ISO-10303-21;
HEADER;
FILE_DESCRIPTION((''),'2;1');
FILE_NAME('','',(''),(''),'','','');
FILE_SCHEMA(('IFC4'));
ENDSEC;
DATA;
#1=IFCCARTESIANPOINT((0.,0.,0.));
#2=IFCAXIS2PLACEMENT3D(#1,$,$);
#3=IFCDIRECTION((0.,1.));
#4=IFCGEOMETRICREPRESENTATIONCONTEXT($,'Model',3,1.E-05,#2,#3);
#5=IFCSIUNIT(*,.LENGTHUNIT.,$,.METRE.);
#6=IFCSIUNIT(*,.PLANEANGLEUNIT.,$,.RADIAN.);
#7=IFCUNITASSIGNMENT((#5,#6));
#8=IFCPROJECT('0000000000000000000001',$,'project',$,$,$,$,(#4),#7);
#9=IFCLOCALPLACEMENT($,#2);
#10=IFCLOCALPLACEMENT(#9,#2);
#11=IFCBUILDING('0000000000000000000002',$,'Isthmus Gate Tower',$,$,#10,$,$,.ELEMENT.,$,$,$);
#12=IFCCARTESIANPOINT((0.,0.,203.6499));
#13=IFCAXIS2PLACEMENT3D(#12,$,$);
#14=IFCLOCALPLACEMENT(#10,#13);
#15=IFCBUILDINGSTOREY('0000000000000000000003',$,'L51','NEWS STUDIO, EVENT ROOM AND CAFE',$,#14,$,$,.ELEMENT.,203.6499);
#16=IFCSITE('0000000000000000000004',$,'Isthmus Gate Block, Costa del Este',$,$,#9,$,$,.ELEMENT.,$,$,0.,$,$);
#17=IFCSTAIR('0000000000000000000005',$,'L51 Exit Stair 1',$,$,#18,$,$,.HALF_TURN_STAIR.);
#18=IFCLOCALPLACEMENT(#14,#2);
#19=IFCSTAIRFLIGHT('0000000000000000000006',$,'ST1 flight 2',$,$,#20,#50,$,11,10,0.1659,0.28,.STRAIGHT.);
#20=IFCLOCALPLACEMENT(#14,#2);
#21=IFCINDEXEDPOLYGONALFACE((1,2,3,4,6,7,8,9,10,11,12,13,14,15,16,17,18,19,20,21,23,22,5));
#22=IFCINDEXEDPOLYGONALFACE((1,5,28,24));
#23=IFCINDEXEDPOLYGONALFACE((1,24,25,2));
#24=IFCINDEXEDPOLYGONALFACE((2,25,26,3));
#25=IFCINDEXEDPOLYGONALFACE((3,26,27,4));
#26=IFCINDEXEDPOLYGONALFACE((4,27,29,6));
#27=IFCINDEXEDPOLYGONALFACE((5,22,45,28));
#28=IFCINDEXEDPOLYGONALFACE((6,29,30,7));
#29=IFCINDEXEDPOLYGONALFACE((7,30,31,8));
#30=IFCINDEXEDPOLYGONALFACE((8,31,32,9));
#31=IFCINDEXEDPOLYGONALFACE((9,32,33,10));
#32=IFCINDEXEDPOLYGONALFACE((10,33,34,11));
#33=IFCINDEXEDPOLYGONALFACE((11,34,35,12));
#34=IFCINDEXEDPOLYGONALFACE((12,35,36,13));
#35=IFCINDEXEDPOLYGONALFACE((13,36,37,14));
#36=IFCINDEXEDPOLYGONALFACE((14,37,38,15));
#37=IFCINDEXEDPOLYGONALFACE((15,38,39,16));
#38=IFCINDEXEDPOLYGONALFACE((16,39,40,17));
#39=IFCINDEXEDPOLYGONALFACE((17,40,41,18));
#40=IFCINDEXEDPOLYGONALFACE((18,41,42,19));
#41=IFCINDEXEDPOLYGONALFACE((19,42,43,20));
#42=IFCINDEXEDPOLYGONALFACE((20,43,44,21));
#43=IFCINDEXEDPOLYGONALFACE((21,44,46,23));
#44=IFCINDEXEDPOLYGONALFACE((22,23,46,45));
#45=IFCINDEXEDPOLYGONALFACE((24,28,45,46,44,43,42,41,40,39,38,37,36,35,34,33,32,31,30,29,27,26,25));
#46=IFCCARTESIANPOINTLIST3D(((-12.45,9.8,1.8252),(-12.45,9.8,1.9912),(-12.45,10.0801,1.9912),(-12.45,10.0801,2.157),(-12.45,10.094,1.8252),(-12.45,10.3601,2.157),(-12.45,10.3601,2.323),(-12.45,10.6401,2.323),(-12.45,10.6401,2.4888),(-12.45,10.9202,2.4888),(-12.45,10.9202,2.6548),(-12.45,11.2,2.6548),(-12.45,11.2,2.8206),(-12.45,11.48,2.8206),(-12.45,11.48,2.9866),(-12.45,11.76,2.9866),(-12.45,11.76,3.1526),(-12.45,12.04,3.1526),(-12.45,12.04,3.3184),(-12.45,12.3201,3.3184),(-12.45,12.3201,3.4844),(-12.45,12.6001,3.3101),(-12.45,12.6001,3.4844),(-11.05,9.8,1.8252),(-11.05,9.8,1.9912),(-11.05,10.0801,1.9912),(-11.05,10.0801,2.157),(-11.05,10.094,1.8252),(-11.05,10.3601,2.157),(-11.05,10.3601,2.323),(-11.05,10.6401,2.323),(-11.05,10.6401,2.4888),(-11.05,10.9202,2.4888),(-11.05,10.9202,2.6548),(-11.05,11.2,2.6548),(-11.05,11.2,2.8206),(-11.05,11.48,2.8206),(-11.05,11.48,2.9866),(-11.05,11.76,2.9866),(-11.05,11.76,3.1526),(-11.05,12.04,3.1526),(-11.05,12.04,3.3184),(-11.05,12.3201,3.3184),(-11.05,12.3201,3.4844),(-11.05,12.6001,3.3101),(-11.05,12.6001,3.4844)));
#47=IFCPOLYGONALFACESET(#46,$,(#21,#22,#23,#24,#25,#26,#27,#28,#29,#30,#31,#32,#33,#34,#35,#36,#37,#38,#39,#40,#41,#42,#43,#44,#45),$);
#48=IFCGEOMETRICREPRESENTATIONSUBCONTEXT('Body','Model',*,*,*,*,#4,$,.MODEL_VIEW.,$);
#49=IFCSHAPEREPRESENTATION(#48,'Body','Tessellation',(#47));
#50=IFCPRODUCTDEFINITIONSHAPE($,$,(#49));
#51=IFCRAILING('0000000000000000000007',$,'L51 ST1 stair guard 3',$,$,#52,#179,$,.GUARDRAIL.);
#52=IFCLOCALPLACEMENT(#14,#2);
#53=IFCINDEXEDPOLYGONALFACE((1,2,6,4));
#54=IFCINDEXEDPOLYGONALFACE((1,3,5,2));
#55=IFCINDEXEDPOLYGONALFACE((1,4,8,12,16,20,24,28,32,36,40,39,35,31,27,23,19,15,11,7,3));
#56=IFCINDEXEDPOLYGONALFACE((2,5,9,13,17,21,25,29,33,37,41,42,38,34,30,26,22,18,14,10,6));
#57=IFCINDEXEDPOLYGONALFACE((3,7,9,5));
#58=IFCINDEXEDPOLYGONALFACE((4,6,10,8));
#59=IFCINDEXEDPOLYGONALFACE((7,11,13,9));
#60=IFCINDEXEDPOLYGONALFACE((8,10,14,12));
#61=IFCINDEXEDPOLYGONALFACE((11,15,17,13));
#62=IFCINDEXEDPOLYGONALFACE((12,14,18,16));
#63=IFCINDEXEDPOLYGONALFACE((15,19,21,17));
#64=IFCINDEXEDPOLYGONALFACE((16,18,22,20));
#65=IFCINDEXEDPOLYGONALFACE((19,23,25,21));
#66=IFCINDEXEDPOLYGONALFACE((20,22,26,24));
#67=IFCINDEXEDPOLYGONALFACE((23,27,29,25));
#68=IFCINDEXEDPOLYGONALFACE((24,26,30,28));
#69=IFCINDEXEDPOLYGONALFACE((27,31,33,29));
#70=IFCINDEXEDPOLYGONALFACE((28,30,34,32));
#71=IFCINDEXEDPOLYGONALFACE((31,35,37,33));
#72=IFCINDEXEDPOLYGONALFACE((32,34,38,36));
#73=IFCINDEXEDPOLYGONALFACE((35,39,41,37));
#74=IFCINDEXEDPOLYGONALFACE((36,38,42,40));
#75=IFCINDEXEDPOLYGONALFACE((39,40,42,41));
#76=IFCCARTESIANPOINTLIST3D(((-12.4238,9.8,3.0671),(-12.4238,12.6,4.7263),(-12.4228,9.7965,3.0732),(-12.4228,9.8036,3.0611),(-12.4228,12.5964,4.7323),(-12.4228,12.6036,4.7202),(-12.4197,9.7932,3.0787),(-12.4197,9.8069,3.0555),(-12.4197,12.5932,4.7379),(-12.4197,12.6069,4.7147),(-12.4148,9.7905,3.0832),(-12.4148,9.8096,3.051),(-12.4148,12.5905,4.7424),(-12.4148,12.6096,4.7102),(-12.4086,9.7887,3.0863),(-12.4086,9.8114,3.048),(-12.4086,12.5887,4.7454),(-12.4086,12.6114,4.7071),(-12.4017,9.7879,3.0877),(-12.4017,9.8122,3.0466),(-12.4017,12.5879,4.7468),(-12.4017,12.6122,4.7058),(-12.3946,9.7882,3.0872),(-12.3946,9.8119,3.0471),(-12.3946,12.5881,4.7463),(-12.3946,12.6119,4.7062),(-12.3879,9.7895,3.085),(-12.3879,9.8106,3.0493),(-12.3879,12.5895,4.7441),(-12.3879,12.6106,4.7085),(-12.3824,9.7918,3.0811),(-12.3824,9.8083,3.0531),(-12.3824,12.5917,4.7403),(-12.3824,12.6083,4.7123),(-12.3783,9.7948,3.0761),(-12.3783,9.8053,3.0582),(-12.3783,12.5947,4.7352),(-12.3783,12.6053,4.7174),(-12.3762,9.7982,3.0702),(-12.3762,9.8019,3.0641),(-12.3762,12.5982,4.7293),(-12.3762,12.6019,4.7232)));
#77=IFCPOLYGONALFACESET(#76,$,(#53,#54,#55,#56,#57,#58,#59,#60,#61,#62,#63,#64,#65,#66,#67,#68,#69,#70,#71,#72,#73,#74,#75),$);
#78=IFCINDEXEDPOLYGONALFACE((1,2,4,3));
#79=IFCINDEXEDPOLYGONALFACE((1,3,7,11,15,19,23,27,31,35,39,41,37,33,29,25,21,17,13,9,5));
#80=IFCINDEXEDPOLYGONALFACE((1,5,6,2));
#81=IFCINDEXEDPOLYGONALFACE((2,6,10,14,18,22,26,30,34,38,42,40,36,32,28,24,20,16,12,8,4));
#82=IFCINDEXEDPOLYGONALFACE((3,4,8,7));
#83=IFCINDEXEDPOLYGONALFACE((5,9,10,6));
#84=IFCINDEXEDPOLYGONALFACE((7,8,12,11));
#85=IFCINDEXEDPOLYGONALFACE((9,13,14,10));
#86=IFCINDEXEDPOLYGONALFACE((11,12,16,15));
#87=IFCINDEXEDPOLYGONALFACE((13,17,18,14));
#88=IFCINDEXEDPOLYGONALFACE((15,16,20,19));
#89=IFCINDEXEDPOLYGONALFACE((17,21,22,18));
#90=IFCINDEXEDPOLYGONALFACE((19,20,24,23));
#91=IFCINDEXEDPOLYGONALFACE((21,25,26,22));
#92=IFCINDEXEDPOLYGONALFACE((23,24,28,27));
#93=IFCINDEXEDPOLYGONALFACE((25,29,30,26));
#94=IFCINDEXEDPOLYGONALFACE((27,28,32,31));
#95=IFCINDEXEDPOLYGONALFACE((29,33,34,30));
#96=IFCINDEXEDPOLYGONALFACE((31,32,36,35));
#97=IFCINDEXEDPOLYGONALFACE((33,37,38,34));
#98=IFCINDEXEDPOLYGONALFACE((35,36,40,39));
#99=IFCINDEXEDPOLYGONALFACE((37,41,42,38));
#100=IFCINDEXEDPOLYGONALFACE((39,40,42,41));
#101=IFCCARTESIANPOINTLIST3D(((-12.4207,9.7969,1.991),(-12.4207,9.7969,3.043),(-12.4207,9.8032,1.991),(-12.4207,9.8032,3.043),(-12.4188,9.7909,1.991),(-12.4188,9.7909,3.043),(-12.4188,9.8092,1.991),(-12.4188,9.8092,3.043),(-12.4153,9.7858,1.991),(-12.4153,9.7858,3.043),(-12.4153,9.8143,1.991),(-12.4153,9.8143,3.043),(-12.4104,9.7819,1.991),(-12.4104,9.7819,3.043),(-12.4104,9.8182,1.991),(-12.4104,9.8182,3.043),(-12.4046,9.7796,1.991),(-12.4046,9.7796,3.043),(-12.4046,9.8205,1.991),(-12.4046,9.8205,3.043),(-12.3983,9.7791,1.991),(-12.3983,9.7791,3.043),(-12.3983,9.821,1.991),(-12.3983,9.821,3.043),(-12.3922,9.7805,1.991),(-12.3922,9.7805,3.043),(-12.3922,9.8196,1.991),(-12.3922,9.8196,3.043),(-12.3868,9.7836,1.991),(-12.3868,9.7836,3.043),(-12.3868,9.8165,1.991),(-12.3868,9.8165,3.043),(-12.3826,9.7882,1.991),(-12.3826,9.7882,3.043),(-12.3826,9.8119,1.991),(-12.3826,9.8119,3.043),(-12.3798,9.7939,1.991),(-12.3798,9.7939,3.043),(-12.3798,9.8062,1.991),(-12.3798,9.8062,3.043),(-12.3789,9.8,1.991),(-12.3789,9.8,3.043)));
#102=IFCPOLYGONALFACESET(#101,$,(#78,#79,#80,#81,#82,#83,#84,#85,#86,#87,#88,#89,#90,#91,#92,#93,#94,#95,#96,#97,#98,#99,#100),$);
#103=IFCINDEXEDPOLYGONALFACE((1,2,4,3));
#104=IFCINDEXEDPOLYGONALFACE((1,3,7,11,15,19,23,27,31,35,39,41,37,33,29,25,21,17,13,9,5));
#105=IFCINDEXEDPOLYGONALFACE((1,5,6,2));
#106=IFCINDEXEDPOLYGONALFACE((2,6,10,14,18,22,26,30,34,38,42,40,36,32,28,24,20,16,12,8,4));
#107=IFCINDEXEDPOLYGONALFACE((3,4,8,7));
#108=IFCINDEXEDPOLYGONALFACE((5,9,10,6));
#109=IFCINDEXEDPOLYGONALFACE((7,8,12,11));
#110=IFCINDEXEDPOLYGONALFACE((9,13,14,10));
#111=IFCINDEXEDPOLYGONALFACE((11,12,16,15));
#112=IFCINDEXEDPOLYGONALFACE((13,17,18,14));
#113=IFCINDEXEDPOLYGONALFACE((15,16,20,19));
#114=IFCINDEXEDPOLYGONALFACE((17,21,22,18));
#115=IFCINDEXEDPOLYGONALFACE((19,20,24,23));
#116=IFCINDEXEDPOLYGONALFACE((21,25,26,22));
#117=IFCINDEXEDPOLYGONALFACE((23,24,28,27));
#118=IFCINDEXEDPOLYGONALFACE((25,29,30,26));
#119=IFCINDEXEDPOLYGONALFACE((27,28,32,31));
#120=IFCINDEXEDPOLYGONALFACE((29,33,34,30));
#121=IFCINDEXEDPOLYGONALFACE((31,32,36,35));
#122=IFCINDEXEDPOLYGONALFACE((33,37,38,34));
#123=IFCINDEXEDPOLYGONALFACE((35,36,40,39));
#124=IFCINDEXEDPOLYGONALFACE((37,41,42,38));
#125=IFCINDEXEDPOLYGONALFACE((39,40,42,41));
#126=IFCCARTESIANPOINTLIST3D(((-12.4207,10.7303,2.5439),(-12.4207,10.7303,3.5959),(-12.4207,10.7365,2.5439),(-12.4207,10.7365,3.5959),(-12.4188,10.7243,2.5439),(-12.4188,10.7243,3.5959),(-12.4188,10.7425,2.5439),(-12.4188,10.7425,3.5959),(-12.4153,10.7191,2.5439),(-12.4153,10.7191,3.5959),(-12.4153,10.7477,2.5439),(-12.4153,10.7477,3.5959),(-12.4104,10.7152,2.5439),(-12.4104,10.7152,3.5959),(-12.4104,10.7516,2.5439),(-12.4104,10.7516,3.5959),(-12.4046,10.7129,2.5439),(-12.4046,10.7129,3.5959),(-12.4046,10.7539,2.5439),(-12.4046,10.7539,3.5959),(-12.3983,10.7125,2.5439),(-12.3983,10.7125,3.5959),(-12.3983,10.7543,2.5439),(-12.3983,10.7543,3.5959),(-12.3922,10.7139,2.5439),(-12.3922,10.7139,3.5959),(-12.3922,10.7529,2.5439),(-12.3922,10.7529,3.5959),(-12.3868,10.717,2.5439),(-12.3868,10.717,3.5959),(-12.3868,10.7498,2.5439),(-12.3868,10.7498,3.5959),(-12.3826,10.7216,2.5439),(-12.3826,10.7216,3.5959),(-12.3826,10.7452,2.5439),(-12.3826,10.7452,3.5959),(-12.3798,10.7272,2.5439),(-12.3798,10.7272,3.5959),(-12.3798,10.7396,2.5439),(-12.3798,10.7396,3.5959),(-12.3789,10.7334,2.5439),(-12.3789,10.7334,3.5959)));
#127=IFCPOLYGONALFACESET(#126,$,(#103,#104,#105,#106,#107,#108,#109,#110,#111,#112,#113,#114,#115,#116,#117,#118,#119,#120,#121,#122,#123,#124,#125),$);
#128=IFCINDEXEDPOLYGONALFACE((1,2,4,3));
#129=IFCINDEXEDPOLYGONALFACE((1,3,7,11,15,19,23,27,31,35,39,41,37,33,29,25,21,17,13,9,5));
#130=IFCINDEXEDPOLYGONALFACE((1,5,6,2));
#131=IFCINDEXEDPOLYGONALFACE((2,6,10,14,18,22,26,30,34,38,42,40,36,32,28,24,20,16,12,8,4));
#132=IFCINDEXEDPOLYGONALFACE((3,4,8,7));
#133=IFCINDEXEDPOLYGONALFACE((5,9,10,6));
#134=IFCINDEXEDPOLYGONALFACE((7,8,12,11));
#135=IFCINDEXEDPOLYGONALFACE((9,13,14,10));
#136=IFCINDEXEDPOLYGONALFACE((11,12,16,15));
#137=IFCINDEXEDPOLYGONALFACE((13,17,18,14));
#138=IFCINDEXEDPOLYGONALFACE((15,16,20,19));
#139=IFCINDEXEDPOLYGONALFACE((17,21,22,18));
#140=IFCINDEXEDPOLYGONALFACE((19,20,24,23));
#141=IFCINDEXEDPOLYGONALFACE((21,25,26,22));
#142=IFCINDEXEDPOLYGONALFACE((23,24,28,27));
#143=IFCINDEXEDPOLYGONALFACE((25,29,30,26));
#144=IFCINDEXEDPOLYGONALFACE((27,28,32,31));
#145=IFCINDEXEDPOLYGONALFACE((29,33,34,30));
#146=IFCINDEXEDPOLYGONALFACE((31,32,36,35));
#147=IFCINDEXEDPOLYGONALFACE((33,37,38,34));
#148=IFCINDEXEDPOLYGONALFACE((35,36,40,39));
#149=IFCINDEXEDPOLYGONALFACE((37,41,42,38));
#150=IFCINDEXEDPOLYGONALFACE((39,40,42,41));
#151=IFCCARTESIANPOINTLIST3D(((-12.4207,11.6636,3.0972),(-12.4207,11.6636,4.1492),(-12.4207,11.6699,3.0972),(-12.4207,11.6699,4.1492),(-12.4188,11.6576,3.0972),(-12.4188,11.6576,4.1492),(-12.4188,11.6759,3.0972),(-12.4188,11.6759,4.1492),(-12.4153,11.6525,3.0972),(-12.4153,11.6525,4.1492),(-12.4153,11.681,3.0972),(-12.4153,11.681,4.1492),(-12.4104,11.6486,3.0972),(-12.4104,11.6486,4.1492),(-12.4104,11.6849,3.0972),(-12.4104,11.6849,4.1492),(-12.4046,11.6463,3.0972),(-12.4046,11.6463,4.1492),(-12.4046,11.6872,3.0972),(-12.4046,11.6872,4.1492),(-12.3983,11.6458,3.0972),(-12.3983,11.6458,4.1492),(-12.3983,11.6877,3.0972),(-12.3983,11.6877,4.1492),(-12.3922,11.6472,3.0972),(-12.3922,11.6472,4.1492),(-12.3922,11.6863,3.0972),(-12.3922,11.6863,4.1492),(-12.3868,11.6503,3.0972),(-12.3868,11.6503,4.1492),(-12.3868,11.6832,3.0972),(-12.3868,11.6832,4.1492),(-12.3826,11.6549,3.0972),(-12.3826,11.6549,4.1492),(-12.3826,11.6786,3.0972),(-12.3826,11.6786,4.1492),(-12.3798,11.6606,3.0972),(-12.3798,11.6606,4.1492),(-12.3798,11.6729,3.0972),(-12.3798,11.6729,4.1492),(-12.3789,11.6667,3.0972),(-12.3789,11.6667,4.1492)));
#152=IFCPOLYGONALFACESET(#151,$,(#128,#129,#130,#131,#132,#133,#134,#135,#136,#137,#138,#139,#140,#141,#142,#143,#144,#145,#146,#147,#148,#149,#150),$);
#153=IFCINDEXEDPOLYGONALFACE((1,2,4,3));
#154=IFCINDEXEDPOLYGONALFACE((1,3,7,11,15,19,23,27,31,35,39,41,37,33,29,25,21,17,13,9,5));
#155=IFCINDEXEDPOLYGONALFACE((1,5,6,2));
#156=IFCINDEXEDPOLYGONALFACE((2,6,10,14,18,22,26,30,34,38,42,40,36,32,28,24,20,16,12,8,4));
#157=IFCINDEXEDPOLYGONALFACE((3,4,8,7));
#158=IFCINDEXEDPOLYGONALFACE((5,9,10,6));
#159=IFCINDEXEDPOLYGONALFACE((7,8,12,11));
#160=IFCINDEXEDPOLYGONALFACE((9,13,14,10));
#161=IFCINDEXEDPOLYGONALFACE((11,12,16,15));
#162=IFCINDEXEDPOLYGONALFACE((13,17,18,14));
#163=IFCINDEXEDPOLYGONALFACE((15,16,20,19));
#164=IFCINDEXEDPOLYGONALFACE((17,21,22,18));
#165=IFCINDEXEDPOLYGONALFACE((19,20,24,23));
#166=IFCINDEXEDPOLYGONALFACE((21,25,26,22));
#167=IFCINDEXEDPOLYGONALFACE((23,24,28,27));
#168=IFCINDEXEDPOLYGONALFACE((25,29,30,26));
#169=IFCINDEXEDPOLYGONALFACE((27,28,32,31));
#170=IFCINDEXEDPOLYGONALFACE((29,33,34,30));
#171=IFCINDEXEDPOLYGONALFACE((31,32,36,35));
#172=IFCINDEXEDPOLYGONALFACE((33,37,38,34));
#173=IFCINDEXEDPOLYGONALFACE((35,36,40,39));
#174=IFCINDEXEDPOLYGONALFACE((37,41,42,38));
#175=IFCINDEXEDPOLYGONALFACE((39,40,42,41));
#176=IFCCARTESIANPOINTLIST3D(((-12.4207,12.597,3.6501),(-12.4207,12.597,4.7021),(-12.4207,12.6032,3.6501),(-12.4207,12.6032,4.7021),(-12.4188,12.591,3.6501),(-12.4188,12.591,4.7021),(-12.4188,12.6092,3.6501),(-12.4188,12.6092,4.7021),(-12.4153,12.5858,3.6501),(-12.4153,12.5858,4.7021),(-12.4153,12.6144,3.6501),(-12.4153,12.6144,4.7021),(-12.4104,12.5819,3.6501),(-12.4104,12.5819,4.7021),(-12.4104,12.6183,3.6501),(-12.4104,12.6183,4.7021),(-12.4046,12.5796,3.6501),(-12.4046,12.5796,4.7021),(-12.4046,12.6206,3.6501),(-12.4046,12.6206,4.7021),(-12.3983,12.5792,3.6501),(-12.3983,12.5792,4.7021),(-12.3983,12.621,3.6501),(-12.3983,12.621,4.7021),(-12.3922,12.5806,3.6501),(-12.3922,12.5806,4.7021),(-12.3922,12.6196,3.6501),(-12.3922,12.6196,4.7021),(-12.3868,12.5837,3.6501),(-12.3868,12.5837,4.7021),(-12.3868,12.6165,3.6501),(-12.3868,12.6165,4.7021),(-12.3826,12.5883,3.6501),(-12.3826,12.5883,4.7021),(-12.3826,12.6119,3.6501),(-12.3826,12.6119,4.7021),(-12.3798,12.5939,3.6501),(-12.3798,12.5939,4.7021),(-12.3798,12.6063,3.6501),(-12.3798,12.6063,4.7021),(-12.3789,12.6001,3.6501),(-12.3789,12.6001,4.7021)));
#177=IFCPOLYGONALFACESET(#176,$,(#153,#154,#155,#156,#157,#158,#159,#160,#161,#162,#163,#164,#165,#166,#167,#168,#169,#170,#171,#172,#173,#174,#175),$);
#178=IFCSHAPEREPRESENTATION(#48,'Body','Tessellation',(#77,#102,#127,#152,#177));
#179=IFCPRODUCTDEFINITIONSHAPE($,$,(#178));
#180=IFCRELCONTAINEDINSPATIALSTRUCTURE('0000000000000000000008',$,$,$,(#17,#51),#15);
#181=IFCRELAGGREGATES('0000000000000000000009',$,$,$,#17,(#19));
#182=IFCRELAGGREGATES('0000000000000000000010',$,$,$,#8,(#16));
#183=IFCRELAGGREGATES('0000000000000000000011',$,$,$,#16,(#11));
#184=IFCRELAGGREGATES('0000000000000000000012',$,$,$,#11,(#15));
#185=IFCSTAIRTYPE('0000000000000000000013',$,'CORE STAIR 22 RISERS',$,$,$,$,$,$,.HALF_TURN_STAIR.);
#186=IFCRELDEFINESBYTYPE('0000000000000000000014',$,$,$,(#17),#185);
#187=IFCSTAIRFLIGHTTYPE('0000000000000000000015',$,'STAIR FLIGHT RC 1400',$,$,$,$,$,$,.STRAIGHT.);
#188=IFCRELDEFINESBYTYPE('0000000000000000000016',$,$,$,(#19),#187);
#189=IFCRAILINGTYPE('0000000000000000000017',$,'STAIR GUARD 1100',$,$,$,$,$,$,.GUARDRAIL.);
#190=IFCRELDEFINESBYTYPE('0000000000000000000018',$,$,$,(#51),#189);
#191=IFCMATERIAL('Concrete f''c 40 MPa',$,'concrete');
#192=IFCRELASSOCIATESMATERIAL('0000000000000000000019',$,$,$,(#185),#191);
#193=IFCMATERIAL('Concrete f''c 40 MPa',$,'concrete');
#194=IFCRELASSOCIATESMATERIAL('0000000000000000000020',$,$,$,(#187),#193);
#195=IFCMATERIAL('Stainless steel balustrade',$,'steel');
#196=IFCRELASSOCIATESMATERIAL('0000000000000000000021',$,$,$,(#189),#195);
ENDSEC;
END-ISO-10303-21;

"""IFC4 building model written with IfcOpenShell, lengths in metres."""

from ifc_helpers import new_model, si_unit, direction, frame, origin, origin_2d, place, context, subcontext, project, spatial, polyline, circle, outline, extrude, material, type_object, element, aggregate, save


model = new_model("IFC4")

# Units and contexts
model_context = context("Model", 3, precision=1e-05, world=origin(), true_north=direction((0.0, 1.0)))
body_context = subcontext(model_context, "Body", "Model", "MODEL_VIEW")
ifc_project = project(units=[si_unit("LENGTHUNIT", "METRE"), si_unit("PLANEANGLEUNIT", "RADIAN")], contexts=[model_context])

# Site, building, storey
site_placement = place(None, origin())
site = spatial("IfcSite", under=ifc_project, at=site_placement, Name="Isthmus Gate Block, Costa del Este", CompositionType="ELEMENT", RefElevation=0.0)
building_placement = place(site_placement, origin())
building = spatial("IfcBuilding", under=site, at=building_placement, Name="Isthmus Gate Tower", CompositionType="ELEMENT")
storey_placement = place(building_placement, frame((0.0, 0.0, 203.6499)))
storey = spatial("IfcBuildingStorey", under=building, at=storey_placement, Name="L51", Description="NEWS STUDIO, EVENT ROOM AND CAFE", CompositionType="ELEMENT", Elevation=203.6499)

# Stair, stair flight
ifc_material_1 = material(Name="Concrete f'c 40 MPa", Category="concrete")
stair_type = type_object("IfcStairType", Name="CORE STAIR 22 RISERS", PredefinedType="HALF_TURN_STAIR", material=ifc_material_1)
stair_placement = place(storey_placement, origin())
stair = element("IfcStair", 1, at=stair_placement, inside=storey, type_object=stair_type, Name="L51 Exit Stair 1", PredefinedType="HALF_TURN_STAIR")
ifc_material_2 = material(Name="Concrete f'c 40 MPa", Category="concrete")
stair_flight_type = type_object("IfcStairFlightType", Name="STAIR FLIGHT RC 1400", PredefinedType="STRAIGHT", material=ifc_material_2)
stair_flight_placement = place(storey_placement, frame((-11.75, 9.8, 1.8252), z_axis=(0.0, 0.0, 1.0), x_axis=(0.0, 1.0, 0.0)))
stair_flight = element("IfcStairFlight", 2, at=stair_flight_placement, type_object=stair_flight_type, Name="ST1 flight 2", NumberOfRisers=11, NumberOfTreads=10, PredefinedType="STRAIGHT", RiserHeight=0.1659, TreadLength=0.28, context=body_context, shape_type="SweptSolid", body=[
    extrude(outline(polyline([(0.0, 0.0), (0.0, 0.166), (0.28, 0.166), (0.28, 0.3318), (0.5601, 0.3318), (0.5601, 0.4978), (0.8401, 0.4978), (0.8401, 0.6636), (1.1201, 0.6636), (1.1201, 0.8296), (1.3999, 0.8296), (1.3999, 0.9954), (1.6799, 0.9954), (1.6799, 1.1614), (1.96, 1.1614), (1.96, 1.3274), (2.24, 1.3274), (2.24, 1.4932), (2.52, 1.4932), (2.52, 1.6592), (2.8, 1.6592), (2.8, 1.825), (2.8, 1.4849), (0.2939, 0.0), (0.0, 0.0)])), frame((0.0, 0.7, 0.0), z_axis=(0.0, -1.0, 0.0), x_axis=(1.0, 0.0, 0.0)), (0.0, 0.0, 1.0), 1.3999),
])
aggregate(stair, [stair_flight])

# Railing
ifc_material_3 = material(Name="Stainless steel balustrade", Category="steel")
railing_type_1 = type_object("IfcRailingType", Name="STAIR GUARD 1100", PredefinedType="GUARDRAIL", material=ifc_material_3)
railing_1_placement = place(storey_placement, frame((-12.3999, 9.8, 1.991)))
element("IfcRailing", 3, at=railing_1_placement, inside=storey, type_object=railing_type_1, Name="L51 ST1 stair guard 3", PredefinedType="GUARDRAIL", context=body_context, shape_type="SweptSolid", body=[
    extrude(circle(Radius=0.0239, at=origin_2d()), frame((0.0, 0.0, 1.0762), z_axis=(0.0, 0.860306, 0.509778), x_axis=(-1.0, 0.0, 0.0)), (0.0, 0.0, 1.0), 3.2546),
    extrude(circle(Radius=0.021, at=origin_2d()), origin(), (0.0, 0.0, 1.0), 1.052),
    extrude(circle(Radius=0.021, at=origin_2d()), frame((0.0, 0.9333, 0.553)), (0.0, 0.0, 1.0), 1.052),
    extrude(circle(Radius=0.021, at=origin_2d()), frame((0.0, 1.8667, 1.1062)), (0.0, 0.0, 1.0), 1.052),
    extrude(circle(Radius=0.021, at=origin_2d()), frame((0.0, 2.8, 1.6592)), (0.0, 0.0, 1.0), 1.052),
])

save(model, "model.ifc")
